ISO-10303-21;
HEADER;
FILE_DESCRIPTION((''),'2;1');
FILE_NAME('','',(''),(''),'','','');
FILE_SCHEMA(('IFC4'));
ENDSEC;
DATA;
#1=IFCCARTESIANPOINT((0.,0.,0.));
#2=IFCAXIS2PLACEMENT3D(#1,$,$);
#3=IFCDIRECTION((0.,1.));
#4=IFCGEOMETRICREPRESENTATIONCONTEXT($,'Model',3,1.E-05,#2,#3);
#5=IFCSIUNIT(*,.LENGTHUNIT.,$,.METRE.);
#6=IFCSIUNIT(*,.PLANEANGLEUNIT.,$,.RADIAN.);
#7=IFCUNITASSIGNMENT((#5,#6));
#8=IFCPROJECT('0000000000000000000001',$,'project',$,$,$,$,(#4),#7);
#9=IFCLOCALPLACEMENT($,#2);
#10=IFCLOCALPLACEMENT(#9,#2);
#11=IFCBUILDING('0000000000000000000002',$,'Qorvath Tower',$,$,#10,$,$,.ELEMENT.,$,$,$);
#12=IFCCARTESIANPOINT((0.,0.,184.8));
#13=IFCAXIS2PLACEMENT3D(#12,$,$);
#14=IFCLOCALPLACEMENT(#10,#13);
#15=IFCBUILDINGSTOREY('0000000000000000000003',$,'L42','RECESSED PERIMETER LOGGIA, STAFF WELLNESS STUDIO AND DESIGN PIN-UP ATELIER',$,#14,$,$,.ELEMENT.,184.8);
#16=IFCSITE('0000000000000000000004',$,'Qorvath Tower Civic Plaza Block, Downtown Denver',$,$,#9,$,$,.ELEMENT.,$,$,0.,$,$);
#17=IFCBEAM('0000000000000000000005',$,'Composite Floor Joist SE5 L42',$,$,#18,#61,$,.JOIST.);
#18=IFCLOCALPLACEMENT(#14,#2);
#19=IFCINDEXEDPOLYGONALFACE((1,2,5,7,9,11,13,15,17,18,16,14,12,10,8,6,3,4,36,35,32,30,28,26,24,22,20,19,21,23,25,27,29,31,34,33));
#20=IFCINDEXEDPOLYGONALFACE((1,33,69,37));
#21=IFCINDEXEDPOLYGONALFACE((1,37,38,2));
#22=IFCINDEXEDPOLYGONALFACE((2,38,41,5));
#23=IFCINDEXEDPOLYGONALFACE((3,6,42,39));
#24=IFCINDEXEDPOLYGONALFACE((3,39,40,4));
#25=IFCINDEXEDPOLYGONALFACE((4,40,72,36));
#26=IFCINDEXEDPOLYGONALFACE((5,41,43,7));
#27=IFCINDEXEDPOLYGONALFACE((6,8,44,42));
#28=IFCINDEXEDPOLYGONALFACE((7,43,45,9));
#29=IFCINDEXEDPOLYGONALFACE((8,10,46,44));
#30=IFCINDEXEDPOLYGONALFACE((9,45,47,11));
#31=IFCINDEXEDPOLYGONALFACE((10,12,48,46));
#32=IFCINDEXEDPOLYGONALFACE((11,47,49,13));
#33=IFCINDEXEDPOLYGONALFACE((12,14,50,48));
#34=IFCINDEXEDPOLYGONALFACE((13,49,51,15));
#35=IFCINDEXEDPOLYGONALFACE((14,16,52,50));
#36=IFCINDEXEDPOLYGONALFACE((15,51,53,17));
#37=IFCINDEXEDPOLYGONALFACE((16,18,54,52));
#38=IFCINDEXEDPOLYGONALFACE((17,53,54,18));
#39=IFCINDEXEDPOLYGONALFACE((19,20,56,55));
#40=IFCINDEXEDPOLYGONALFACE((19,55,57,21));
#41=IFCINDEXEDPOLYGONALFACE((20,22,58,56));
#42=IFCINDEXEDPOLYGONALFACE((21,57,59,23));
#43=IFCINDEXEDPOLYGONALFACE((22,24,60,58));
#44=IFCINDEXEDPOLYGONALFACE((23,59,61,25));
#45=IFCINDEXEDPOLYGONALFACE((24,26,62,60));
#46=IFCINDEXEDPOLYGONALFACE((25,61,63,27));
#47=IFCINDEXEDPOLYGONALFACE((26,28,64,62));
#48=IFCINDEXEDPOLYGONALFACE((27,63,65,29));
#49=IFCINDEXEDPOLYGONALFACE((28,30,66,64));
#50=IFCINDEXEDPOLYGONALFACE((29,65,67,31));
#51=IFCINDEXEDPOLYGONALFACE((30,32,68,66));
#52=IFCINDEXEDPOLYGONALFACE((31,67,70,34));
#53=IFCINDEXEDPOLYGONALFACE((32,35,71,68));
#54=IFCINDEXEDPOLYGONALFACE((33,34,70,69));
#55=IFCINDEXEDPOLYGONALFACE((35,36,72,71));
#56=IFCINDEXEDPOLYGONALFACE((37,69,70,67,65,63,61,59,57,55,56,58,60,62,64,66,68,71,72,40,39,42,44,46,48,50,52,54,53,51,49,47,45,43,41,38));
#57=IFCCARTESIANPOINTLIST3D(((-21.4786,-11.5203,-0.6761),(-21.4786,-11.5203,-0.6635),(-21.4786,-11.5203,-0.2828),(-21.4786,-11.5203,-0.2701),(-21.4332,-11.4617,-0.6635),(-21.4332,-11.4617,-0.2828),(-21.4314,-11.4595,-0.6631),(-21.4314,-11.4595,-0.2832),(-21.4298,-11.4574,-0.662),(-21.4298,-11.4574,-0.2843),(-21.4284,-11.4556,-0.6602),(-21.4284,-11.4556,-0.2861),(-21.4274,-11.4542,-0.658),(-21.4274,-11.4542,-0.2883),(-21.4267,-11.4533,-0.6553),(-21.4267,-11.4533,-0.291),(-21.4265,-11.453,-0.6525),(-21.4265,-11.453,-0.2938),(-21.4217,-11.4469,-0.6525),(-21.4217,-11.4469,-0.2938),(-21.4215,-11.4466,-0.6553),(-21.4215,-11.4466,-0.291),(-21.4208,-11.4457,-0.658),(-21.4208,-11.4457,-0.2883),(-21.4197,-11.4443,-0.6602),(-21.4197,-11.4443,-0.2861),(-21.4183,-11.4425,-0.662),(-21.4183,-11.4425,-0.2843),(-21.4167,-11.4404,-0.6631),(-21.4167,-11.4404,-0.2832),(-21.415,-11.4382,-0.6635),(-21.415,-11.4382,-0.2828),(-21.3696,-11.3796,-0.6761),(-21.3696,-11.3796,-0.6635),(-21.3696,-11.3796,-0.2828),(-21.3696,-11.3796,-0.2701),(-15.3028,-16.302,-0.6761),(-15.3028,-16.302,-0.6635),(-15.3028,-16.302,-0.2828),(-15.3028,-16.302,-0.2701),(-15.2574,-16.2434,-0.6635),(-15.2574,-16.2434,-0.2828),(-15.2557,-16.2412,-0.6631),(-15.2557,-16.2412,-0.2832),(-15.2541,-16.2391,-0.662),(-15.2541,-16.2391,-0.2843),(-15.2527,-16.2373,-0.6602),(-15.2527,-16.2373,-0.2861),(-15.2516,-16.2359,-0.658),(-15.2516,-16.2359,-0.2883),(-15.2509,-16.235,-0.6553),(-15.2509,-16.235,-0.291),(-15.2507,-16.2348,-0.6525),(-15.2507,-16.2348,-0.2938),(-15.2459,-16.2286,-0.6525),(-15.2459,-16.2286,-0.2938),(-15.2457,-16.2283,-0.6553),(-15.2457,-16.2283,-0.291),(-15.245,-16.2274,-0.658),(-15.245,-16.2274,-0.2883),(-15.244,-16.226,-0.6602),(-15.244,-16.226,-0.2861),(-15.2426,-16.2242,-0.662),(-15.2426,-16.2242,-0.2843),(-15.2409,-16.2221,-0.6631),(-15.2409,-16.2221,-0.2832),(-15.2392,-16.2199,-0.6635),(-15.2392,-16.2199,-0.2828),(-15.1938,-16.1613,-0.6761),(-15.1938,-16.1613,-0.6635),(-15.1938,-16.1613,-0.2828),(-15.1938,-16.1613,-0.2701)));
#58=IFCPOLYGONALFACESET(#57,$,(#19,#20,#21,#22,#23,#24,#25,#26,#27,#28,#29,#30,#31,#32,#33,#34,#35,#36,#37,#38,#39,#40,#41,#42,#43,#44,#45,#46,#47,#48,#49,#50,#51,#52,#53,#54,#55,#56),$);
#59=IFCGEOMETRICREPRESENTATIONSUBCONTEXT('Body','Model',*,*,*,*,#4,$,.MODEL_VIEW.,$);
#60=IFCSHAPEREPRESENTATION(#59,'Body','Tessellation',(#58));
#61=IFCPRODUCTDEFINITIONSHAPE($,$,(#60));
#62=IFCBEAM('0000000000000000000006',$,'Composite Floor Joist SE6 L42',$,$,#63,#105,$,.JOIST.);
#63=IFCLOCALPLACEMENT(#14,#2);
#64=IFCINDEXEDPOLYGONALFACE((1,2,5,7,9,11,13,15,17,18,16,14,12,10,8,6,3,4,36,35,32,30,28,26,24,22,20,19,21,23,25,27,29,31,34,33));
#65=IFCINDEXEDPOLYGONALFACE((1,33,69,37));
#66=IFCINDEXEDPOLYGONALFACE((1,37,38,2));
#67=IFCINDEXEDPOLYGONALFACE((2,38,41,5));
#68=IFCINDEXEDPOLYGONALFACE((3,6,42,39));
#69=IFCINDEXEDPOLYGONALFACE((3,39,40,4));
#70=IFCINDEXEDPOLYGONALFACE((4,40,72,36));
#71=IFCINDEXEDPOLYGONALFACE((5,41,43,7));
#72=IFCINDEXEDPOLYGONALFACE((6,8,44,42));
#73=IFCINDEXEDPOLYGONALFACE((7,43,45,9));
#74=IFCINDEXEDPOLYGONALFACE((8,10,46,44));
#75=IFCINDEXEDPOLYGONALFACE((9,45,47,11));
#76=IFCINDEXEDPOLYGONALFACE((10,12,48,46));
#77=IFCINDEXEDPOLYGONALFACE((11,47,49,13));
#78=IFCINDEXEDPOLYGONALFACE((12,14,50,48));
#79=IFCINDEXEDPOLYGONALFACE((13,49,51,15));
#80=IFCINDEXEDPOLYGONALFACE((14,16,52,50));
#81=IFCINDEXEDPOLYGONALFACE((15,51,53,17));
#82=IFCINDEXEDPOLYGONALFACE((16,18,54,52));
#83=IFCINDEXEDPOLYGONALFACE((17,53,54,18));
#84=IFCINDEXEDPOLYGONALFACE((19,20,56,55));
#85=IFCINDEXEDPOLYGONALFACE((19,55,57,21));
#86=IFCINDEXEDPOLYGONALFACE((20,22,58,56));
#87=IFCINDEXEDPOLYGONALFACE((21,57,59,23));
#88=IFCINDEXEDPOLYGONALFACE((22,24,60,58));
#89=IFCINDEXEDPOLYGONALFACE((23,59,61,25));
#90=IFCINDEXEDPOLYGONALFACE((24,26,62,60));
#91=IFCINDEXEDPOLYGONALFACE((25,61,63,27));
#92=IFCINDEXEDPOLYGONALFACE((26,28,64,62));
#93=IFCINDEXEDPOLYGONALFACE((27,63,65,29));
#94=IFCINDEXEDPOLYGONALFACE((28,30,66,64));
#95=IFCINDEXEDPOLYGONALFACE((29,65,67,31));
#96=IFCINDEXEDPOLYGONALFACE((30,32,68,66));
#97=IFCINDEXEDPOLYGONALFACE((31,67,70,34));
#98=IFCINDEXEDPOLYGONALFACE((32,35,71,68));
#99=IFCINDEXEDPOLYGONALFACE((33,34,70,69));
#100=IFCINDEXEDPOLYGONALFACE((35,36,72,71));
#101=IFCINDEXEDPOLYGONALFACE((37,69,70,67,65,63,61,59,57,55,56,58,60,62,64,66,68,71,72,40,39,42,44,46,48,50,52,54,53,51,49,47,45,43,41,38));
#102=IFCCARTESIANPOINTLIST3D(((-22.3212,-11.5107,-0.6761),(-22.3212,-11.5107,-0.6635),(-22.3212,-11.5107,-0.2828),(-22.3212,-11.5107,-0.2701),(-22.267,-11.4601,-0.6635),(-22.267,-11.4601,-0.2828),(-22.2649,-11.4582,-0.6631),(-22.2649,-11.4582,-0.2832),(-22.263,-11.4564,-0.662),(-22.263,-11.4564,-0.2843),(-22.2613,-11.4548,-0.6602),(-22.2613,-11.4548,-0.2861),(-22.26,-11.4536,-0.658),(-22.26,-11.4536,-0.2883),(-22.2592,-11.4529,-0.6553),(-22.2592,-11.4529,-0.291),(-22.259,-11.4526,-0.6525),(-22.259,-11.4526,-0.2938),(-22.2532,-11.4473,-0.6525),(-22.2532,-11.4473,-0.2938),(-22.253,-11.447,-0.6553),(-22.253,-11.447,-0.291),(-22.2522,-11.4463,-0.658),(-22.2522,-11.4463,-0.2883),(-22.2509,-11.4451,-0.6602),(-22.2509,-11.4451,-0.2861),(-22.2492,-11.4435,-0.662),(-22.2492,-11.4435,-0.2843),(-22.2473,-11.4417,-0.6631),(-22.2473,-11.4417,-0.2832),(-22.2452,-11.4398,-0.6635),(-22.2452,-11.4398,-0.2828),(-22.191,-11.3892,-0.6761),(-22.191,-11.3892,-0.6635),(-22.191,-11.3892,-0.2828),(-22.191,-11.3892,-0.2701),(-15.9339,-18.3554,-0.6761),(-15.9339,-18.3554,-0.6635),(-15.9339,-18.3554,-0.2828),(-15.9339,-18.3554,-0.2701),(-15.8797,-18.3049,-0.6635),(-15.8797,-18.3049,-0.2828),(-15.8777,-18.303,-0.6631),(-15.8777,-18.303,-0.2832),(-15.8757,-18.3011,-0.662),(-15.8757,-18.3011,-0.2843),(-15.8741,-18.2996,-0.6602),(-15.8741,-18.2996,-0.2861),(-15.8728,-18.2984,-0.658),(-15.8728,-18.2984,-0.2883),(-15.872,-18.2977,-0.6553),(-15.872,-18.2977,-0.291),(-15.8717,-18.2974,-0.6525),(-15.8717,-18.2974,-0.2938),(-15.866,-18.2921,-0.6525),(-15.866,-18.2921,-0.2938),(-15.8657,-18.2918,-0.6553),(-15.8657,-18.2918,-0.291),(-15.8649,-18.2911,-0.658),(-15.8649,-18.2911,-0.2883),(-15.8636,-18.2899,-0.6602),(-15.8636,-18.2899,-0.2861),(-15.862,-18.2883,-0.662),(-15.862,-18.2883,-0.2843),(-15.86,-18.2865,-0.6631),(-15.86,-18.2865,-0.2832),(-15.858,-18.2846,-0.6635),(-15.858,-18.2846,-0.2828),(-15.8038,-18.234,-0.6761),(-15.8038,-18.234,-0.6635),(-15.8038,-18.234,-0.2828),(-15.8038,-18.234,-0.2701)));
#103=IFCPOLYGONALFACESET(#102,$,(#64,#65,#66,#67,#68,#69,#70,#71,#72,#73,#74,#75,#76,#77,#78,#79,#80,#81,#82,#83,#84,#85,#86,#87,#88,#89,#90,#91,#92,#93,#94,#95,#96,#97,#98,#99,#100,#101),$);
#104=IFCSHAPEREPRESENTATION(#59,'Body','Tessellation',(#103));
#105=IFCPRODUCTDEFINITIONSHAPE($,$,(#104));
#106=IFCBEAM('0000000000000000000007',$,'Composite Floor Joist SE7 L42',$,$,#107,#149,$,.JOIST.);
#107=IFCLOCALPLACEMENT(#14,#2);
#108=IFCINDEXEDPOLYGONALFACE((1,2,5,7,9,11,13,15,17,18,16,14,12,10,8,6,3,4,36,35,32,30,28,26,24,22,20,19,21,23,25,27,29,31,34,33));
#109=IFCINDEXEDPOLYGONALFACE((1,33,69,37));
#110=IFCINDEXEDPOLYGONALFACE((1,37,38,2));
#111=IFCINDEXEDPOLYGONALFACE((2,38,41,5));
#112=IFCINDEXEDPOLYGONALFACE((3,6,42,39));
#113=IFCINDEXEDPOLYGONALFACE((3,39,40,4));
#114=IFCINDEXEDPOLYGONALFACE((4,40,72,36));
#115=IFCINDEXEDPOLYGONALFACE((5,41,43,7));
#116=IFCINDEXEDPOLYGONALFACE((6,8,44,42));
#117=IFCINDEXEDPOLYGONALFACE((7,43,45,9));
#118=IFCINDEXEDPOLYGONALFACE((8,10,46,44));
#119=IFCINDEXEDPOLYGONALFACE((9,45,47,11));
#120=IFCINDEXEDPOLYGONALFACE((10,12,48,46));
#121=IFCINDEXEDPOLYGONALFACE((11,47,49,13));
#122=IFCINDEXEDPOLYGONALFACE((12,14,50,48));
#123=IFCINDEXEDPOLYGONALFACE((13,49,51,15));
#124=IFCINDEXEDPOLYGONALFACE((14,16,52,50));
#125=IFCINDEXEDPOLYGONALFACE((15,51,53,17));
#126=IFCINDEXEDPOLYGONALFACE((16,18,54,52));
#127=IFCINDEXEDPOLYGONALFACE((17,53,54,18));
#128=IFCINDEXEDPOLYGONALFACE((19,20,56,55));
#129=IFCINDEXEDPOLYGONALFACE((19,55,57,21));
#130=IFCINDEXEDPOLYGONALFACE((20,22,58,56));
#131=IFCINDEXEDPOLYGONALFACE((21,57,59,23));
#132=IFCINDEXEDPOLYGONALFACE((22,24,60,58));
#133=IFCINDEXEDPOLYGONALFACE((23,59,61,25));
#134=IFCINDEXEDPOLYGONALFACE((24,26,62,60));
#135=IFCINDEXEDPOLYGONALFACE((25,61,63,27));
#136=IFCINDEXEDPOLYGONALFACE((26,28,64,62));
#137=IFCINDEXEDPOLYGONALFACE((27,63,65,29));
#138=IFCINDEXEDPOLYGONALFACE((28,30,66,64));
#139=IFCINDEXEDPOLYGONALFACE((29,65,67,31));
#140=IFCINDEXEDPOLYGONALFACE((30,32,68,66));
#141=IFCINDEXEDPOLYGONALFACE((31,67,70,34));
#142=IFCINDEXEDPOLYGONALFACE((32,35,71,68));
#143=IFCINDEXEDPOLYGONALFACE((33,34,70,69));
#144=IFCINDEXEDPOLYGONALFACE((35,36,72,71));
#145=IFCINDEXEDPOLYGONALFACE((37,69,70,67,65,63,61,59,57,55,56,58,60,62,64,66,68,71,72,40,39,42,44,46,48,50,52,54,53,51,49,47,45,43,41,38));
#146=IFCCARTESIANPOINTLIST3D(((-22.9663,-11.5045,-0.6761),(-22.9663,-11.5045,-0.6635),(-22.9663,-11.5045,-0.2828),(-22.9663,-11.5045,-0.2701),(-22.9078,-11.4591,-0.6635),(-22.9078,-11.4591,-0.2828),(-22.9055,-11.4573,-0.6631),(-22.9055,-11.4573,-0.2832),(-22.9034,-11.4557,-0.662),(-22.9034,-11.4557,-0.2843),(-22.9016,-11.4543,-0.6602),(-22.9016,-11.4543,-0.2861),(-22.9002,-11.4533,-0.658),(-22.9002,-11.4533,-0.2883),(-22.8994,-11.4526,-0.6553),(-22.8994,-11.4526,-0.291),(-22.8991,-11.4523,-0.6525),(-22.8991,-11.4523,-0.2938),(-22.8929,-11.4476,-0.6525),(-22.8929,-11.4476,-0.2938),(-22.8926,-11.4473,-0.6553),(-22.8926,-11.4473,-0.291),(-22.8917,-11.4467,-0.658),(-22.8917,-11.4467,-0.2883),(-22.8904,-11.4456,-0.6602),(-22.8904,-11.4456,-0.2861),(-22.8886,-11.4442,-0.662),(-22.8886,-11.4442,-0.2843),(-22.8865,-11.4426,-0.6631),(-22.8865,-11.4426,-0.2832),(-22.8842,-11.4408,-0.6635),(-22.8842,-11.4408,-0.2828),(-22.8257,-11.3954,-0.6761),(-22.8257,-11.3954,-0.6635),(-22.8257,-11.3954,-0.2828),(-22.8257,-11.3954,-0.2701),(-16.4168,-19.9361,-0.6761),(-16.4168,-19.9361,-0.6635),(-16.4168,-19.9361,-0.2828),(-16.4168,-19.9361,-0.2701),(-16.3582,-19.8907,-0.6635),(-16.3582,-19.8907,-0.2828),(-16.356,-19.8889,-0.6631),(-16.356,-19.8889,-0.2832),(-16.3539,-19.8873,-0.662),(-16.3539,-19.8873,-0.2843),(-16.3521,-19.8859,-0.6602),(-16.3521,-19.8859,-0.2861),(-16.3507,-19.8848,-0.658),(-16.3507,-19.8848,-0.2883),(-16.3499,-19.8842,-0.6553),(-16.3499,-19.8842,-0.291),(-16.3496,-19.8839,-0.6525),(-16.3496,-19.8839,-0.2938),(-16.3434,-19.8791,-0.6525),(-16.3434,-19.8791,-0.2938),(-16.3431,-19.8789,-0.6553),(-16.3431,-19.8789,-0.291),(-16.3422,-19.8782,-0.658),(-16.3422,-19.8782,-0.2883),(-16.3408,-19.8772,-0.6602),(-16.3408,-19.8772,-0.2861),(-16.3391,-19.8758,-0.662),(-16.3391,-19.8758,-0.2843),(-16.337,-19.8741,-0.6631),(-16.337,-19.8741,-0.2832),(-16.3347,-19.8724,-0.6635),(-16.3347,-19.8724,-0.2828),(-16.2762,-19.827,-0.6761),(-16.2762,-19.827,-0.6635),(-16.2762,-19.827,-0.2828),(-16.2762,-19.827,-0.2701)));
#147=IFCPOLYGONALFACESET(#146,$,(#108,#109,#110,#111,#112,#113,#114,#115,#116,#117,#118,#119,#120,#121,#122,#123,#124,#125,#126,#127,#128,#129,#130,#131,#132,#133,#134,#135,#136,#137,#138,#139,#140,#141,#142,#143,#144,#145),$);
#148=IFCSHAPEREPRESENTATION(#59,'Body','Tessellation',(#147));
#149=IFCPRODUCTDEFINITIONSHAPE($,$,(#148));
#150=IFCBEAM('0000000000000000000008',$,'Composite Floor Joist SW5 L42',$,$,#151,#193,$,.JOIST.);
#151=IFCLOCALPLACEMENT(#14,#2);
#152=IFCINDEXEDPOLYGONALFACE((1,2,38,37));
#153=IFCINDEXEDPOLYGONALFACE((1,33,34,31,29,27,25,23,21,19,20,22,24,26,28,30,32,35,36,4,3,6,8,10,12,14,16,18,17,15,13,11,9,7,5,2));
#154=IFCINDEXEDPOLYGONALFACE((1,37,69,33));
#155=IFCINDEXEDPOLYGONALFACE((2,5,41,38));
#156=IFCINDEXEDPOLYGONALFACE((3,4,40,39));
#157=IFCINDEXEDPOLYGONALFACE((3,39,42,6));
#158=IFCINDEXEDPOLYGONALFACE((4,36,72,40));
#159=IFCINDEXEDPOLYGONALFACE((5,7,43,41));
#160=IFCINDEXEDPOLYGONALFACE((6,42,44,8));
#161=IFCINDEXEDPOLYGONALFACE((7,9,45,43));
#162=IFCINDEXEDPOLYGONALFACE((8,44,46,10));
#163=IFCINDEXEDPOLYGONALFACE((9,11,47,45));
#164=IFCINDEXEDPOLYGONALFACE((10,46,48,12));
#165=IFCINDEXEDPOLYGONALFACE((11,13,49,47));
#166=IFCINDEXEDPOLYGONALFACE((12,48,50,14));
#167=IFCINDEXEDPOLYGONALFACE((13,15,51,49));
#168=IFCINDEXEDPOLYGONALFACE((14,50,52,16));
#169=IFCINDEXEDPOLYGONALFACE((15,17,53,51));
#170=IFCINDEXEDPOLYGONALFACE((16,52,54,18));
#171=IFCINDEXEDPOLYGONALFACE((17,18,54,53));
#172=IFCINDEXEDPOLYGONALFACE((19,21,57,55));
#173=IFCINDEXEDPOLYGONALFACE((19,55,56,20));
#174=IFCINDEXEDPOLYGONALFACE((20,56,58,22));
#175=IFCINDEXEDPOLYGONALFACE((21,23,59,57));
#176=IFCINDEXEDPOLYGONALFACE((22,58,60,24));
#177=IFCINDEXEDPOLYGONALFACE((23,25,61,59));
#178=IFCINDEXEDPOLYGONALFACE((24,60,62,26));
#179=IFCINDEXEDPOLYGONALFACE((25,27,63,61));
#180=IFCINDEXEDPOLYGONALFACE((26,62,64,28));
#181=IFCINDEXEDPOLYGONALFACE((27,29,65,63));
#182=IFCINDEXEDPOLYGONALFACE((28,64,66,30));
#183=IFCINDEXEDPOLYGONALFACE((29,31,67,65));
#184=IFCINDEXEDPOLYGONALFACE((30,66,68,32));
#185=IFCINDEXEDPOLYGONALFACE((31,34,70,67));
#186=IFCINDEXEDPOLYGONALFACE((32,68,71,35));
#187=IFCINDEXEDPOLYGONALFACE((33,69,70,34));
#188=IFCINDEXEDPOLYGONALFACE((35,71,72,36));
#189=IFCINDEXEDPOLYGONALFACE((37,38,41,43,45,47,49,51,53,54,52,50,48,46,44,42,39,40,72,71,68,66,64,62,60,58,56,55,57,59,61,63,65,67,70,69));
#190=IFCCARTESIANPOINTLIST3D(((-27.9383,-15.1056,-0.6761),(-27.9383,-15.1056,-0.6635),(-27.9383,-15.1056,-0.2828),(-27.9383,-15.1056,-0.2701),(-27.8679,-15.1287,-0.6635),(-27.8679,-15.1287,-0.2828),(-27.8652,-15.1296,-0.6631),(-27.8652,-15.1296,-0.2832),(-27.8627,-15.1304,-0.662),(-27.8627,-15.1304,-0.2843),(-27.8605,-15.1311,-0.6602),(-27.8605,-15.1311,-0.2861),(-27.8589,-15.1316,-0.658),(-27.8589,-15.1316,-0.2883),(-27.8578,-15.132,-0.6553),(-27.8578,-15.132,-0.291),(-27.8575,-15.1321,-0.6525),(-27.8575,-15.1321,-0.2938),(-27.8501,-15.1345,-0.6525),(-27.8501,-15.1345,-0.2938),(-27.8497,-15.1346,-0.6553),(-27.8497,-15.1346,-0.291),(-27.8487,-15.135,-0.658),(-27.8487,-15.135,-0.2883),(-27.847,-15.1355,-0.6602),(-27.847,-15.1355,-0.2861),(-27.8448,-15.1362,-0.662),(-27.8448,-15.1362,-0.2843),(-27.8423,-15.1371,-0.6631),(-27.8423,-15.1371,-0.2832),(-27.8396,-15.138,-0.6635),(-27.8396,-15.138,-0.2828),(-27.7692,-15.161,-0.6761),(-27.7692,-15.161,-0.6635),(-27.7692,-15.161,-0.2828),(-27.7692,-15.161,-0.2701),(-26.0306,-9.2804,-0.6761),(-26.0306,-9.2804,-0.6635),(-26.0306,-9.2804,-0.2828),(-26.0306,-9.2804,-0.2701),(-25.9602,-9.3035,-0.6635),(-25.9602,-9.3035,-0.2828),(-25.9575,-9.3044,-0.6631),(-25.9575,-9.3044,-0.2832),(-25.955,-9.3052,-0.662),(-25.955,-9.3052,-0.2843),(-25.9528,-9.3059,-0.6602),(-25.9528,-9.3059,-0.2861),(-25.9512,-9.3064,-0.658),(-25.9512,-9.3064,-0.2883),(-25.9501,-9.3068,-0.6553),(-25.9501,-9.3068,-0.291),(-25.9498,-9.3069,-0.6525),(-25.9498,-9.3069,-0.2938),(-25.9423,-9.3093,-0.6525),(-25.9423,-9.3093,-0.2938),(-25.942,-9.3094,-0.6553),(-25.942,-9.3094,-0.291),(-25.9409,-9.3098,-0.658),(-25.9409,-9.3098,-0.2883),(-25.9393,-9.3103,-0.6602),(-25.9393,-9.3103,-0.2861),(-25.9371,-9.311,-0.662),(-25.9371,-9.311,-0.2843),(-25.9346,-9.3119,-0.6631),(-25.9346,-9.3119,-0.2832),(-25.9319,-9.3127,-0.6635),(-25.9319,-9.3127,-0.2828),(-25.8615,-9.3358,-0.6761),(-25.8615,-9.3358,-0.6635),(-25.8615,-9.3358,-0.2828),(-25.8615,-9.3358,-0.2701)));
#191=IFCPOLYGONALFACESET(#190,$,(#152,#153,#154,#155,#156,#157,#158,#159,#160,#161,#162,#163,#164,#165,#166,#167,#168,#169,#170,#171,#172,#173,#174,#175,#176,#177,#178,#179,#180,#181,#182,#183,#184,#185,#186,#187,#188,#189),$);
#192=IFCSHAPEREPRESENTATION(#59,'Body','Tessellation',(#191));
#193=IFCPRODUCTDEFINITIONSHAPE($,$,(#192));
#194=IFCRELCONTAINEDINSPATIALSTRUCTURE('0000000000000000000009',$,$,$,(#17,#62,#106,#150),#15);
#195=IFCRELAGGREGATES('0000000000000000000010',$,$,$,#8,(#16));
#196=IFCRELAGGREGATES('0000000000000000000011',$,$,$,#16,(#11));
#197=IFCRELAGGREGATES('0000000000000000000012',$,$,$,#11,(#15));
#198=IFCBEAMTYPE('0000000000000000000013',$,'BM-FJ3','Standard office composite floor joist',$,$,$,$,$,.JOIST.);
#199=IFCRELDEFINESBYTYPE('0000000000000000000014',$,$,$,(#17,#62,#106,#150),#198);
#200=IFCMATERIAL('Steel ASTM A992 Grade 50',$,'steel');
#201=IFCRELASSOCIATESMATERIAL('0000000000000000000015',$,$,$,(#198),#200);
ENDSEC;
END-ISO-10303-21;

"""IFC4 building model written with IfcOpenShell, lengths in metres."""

from ifc_helpers import new_model, si_unit, direction, frame, origin, origin_2d, place, context, subcontext, project, spatial, i_section, extrude, material, material_profile, profile_set, type_object, element, save


model = new_model("IFC4")

# Units and contexts
model_context = context("Model", 3, precision=1e-05, world=origin(), true_north=direction((0.0, 1.0)))
body_context = subcontext(model_context, "Body", "Model", "MODEL_VIEW")
ifc_project = project(units=[si_unit("LENGTHUNIT", "METRE"), si_unit("PLANEANGLEUNIT", "RADIAN")], contexts=[model_context])

# Site, building, storey
site_placement = place(None, origin())
site = spatial("IfcSite", under=ifc_project, at=site_placement, Name="Qorvath Tower Civic Plaza Block, Downtown Denver", CompositionType="ELEMENT", RefElevation=0.0)
building_placement = place(site_placement, origin())
building = spatial("IfcBuilding", under=site, at=building_placement, Name="Qorvath Tower", CompositionType="ELEMENT")
storey_placement = place(building_placement, frame((0.0, 0.0, 184.8)))
storey = spatial("IfcBuildingStorey", under=building, at=storey_placement, Name="L42", Description="RECESSED PERIMETER LOGGIA, STAFF WELLNESS STUDIO AND DESIGN PIN-UP ATELIER", CompositionType="ELEMENT", Elevation=184.8)

# Beams
ifc_material_1 = material(Name="Steel ASTM A992 Grade 50", Category="steel")
ifc_material_profile_1 = material_profile(ifc_material_1, i_section(OverallWidth=0.178, OverallDepth=0.406, WebThickness=0.0078, FlangeThickness=0.0127, FilletRadius=0.011, at=origin_2d()), Name="W16x40")
ifc_profile_set_1 = profile_set([ifc_material_profile_1], Name="Steel ASTM A992 Grade 50")
beam_type_1 = type_object("IfcBeamType", Name="BM-FJ3", Description="Standard office composite floor joist", PredefinedType="JOIST", material=ifc_profile_set_1)
beam_1_placement = place(storey_placement, frame((-21.4241, -11.45, -0.4731), z_axis=(0.790693, -0.612212, 0.0), x_axis=(0.612212, 0.790693, 0.0)))
element("IfcBeam", 1, at=beam_1_placement, inside=storey, type_object=beam_type_1, Name="Composite Floor Joist SE5 L42", PredefinedType="JOIST", context=body_context, shape_type="SweptSolid", body=[
    extrude(i_section(OverallWidth=0.178, OverallDepth=0.406, WebThickness=0.0078, FlangeThickness=0.0127, FilletRadius=0.011, at=origin_2d()), origin(), (0.0, 0.0, 1.0), 7.8105),
])
beam_2_placement = place(storey_placement, frame((-22.2561, -11.45, -0.4731), z_axis=(0.682249, -0.731119, 0.0), x_axis=(0.731119, 0.682249, 0.0)))
element("IfcBeam", 2, at=beam_2_placement, inside=storey, type_object=beam_type_1, Name="Composite Floor Joist SE6 L42", PredefinedType="JOIST", context=body_context, shape_type="SweptSolid", body=[
    extrude(i_section(OverallWidth=0.178, OverallDepth=0.406, WebThickness=0.0078, FlangeThickness=0.0127, FilletRadius=0.011, at=origin_2d()), origin(), (0.0, 0.0, 1.0), 9.3621),
])
beam_3_placement = place(storey_placement, frame((-22.896, -11.45, -0.4731), z_axis=(0.613451, -0.789733, 0.0), x_axis=(0.789733, 0.613451, 0.0)))
element("IfcBeam", 3, at=beam_3_placement, inside=storey, type_object=beam_type_1, Name="Composite Floor Joist SE7 L42", PredefinedType="JOIST", context=body_context, shape_type="SweptSolid", body=[
    extrude(i_section(OverallWidth=0.178, OverallDepth=0.406, WebThickness=0.0078, FlangeThickness=0.0127, FilletRadius=0.011, at=origin_2d()), origin(), (0.0, 0.0, 1.0), 10.6765),
])
beam_4_placement = place(storey_placement, frame((-25.946, -9.3081, -0.4731), z_axis=(-0.311229, -0.950335, 0.0), x_axis=(0.950335, -0.311229, 0.0)))
element("IfcBeam", 4, at=beam_4_placement, inside=storey, type_object=beam_type_1, Name="Composite Floor Joist SW5 L42", PredefinedType="JOIST", context=body_context, shape_type="SweptSolid", body=[
    extrude(i_section(OverallWidth=0.178, OverallDepth=0.406, WebThickness=0.0078, FlangeThickness=0.0127, FilletRadius=0.011, at=origin_2d()), origin(), (0.0, 0.0, 1.0), 6.1296),
])

save(model, "model.ifc")
